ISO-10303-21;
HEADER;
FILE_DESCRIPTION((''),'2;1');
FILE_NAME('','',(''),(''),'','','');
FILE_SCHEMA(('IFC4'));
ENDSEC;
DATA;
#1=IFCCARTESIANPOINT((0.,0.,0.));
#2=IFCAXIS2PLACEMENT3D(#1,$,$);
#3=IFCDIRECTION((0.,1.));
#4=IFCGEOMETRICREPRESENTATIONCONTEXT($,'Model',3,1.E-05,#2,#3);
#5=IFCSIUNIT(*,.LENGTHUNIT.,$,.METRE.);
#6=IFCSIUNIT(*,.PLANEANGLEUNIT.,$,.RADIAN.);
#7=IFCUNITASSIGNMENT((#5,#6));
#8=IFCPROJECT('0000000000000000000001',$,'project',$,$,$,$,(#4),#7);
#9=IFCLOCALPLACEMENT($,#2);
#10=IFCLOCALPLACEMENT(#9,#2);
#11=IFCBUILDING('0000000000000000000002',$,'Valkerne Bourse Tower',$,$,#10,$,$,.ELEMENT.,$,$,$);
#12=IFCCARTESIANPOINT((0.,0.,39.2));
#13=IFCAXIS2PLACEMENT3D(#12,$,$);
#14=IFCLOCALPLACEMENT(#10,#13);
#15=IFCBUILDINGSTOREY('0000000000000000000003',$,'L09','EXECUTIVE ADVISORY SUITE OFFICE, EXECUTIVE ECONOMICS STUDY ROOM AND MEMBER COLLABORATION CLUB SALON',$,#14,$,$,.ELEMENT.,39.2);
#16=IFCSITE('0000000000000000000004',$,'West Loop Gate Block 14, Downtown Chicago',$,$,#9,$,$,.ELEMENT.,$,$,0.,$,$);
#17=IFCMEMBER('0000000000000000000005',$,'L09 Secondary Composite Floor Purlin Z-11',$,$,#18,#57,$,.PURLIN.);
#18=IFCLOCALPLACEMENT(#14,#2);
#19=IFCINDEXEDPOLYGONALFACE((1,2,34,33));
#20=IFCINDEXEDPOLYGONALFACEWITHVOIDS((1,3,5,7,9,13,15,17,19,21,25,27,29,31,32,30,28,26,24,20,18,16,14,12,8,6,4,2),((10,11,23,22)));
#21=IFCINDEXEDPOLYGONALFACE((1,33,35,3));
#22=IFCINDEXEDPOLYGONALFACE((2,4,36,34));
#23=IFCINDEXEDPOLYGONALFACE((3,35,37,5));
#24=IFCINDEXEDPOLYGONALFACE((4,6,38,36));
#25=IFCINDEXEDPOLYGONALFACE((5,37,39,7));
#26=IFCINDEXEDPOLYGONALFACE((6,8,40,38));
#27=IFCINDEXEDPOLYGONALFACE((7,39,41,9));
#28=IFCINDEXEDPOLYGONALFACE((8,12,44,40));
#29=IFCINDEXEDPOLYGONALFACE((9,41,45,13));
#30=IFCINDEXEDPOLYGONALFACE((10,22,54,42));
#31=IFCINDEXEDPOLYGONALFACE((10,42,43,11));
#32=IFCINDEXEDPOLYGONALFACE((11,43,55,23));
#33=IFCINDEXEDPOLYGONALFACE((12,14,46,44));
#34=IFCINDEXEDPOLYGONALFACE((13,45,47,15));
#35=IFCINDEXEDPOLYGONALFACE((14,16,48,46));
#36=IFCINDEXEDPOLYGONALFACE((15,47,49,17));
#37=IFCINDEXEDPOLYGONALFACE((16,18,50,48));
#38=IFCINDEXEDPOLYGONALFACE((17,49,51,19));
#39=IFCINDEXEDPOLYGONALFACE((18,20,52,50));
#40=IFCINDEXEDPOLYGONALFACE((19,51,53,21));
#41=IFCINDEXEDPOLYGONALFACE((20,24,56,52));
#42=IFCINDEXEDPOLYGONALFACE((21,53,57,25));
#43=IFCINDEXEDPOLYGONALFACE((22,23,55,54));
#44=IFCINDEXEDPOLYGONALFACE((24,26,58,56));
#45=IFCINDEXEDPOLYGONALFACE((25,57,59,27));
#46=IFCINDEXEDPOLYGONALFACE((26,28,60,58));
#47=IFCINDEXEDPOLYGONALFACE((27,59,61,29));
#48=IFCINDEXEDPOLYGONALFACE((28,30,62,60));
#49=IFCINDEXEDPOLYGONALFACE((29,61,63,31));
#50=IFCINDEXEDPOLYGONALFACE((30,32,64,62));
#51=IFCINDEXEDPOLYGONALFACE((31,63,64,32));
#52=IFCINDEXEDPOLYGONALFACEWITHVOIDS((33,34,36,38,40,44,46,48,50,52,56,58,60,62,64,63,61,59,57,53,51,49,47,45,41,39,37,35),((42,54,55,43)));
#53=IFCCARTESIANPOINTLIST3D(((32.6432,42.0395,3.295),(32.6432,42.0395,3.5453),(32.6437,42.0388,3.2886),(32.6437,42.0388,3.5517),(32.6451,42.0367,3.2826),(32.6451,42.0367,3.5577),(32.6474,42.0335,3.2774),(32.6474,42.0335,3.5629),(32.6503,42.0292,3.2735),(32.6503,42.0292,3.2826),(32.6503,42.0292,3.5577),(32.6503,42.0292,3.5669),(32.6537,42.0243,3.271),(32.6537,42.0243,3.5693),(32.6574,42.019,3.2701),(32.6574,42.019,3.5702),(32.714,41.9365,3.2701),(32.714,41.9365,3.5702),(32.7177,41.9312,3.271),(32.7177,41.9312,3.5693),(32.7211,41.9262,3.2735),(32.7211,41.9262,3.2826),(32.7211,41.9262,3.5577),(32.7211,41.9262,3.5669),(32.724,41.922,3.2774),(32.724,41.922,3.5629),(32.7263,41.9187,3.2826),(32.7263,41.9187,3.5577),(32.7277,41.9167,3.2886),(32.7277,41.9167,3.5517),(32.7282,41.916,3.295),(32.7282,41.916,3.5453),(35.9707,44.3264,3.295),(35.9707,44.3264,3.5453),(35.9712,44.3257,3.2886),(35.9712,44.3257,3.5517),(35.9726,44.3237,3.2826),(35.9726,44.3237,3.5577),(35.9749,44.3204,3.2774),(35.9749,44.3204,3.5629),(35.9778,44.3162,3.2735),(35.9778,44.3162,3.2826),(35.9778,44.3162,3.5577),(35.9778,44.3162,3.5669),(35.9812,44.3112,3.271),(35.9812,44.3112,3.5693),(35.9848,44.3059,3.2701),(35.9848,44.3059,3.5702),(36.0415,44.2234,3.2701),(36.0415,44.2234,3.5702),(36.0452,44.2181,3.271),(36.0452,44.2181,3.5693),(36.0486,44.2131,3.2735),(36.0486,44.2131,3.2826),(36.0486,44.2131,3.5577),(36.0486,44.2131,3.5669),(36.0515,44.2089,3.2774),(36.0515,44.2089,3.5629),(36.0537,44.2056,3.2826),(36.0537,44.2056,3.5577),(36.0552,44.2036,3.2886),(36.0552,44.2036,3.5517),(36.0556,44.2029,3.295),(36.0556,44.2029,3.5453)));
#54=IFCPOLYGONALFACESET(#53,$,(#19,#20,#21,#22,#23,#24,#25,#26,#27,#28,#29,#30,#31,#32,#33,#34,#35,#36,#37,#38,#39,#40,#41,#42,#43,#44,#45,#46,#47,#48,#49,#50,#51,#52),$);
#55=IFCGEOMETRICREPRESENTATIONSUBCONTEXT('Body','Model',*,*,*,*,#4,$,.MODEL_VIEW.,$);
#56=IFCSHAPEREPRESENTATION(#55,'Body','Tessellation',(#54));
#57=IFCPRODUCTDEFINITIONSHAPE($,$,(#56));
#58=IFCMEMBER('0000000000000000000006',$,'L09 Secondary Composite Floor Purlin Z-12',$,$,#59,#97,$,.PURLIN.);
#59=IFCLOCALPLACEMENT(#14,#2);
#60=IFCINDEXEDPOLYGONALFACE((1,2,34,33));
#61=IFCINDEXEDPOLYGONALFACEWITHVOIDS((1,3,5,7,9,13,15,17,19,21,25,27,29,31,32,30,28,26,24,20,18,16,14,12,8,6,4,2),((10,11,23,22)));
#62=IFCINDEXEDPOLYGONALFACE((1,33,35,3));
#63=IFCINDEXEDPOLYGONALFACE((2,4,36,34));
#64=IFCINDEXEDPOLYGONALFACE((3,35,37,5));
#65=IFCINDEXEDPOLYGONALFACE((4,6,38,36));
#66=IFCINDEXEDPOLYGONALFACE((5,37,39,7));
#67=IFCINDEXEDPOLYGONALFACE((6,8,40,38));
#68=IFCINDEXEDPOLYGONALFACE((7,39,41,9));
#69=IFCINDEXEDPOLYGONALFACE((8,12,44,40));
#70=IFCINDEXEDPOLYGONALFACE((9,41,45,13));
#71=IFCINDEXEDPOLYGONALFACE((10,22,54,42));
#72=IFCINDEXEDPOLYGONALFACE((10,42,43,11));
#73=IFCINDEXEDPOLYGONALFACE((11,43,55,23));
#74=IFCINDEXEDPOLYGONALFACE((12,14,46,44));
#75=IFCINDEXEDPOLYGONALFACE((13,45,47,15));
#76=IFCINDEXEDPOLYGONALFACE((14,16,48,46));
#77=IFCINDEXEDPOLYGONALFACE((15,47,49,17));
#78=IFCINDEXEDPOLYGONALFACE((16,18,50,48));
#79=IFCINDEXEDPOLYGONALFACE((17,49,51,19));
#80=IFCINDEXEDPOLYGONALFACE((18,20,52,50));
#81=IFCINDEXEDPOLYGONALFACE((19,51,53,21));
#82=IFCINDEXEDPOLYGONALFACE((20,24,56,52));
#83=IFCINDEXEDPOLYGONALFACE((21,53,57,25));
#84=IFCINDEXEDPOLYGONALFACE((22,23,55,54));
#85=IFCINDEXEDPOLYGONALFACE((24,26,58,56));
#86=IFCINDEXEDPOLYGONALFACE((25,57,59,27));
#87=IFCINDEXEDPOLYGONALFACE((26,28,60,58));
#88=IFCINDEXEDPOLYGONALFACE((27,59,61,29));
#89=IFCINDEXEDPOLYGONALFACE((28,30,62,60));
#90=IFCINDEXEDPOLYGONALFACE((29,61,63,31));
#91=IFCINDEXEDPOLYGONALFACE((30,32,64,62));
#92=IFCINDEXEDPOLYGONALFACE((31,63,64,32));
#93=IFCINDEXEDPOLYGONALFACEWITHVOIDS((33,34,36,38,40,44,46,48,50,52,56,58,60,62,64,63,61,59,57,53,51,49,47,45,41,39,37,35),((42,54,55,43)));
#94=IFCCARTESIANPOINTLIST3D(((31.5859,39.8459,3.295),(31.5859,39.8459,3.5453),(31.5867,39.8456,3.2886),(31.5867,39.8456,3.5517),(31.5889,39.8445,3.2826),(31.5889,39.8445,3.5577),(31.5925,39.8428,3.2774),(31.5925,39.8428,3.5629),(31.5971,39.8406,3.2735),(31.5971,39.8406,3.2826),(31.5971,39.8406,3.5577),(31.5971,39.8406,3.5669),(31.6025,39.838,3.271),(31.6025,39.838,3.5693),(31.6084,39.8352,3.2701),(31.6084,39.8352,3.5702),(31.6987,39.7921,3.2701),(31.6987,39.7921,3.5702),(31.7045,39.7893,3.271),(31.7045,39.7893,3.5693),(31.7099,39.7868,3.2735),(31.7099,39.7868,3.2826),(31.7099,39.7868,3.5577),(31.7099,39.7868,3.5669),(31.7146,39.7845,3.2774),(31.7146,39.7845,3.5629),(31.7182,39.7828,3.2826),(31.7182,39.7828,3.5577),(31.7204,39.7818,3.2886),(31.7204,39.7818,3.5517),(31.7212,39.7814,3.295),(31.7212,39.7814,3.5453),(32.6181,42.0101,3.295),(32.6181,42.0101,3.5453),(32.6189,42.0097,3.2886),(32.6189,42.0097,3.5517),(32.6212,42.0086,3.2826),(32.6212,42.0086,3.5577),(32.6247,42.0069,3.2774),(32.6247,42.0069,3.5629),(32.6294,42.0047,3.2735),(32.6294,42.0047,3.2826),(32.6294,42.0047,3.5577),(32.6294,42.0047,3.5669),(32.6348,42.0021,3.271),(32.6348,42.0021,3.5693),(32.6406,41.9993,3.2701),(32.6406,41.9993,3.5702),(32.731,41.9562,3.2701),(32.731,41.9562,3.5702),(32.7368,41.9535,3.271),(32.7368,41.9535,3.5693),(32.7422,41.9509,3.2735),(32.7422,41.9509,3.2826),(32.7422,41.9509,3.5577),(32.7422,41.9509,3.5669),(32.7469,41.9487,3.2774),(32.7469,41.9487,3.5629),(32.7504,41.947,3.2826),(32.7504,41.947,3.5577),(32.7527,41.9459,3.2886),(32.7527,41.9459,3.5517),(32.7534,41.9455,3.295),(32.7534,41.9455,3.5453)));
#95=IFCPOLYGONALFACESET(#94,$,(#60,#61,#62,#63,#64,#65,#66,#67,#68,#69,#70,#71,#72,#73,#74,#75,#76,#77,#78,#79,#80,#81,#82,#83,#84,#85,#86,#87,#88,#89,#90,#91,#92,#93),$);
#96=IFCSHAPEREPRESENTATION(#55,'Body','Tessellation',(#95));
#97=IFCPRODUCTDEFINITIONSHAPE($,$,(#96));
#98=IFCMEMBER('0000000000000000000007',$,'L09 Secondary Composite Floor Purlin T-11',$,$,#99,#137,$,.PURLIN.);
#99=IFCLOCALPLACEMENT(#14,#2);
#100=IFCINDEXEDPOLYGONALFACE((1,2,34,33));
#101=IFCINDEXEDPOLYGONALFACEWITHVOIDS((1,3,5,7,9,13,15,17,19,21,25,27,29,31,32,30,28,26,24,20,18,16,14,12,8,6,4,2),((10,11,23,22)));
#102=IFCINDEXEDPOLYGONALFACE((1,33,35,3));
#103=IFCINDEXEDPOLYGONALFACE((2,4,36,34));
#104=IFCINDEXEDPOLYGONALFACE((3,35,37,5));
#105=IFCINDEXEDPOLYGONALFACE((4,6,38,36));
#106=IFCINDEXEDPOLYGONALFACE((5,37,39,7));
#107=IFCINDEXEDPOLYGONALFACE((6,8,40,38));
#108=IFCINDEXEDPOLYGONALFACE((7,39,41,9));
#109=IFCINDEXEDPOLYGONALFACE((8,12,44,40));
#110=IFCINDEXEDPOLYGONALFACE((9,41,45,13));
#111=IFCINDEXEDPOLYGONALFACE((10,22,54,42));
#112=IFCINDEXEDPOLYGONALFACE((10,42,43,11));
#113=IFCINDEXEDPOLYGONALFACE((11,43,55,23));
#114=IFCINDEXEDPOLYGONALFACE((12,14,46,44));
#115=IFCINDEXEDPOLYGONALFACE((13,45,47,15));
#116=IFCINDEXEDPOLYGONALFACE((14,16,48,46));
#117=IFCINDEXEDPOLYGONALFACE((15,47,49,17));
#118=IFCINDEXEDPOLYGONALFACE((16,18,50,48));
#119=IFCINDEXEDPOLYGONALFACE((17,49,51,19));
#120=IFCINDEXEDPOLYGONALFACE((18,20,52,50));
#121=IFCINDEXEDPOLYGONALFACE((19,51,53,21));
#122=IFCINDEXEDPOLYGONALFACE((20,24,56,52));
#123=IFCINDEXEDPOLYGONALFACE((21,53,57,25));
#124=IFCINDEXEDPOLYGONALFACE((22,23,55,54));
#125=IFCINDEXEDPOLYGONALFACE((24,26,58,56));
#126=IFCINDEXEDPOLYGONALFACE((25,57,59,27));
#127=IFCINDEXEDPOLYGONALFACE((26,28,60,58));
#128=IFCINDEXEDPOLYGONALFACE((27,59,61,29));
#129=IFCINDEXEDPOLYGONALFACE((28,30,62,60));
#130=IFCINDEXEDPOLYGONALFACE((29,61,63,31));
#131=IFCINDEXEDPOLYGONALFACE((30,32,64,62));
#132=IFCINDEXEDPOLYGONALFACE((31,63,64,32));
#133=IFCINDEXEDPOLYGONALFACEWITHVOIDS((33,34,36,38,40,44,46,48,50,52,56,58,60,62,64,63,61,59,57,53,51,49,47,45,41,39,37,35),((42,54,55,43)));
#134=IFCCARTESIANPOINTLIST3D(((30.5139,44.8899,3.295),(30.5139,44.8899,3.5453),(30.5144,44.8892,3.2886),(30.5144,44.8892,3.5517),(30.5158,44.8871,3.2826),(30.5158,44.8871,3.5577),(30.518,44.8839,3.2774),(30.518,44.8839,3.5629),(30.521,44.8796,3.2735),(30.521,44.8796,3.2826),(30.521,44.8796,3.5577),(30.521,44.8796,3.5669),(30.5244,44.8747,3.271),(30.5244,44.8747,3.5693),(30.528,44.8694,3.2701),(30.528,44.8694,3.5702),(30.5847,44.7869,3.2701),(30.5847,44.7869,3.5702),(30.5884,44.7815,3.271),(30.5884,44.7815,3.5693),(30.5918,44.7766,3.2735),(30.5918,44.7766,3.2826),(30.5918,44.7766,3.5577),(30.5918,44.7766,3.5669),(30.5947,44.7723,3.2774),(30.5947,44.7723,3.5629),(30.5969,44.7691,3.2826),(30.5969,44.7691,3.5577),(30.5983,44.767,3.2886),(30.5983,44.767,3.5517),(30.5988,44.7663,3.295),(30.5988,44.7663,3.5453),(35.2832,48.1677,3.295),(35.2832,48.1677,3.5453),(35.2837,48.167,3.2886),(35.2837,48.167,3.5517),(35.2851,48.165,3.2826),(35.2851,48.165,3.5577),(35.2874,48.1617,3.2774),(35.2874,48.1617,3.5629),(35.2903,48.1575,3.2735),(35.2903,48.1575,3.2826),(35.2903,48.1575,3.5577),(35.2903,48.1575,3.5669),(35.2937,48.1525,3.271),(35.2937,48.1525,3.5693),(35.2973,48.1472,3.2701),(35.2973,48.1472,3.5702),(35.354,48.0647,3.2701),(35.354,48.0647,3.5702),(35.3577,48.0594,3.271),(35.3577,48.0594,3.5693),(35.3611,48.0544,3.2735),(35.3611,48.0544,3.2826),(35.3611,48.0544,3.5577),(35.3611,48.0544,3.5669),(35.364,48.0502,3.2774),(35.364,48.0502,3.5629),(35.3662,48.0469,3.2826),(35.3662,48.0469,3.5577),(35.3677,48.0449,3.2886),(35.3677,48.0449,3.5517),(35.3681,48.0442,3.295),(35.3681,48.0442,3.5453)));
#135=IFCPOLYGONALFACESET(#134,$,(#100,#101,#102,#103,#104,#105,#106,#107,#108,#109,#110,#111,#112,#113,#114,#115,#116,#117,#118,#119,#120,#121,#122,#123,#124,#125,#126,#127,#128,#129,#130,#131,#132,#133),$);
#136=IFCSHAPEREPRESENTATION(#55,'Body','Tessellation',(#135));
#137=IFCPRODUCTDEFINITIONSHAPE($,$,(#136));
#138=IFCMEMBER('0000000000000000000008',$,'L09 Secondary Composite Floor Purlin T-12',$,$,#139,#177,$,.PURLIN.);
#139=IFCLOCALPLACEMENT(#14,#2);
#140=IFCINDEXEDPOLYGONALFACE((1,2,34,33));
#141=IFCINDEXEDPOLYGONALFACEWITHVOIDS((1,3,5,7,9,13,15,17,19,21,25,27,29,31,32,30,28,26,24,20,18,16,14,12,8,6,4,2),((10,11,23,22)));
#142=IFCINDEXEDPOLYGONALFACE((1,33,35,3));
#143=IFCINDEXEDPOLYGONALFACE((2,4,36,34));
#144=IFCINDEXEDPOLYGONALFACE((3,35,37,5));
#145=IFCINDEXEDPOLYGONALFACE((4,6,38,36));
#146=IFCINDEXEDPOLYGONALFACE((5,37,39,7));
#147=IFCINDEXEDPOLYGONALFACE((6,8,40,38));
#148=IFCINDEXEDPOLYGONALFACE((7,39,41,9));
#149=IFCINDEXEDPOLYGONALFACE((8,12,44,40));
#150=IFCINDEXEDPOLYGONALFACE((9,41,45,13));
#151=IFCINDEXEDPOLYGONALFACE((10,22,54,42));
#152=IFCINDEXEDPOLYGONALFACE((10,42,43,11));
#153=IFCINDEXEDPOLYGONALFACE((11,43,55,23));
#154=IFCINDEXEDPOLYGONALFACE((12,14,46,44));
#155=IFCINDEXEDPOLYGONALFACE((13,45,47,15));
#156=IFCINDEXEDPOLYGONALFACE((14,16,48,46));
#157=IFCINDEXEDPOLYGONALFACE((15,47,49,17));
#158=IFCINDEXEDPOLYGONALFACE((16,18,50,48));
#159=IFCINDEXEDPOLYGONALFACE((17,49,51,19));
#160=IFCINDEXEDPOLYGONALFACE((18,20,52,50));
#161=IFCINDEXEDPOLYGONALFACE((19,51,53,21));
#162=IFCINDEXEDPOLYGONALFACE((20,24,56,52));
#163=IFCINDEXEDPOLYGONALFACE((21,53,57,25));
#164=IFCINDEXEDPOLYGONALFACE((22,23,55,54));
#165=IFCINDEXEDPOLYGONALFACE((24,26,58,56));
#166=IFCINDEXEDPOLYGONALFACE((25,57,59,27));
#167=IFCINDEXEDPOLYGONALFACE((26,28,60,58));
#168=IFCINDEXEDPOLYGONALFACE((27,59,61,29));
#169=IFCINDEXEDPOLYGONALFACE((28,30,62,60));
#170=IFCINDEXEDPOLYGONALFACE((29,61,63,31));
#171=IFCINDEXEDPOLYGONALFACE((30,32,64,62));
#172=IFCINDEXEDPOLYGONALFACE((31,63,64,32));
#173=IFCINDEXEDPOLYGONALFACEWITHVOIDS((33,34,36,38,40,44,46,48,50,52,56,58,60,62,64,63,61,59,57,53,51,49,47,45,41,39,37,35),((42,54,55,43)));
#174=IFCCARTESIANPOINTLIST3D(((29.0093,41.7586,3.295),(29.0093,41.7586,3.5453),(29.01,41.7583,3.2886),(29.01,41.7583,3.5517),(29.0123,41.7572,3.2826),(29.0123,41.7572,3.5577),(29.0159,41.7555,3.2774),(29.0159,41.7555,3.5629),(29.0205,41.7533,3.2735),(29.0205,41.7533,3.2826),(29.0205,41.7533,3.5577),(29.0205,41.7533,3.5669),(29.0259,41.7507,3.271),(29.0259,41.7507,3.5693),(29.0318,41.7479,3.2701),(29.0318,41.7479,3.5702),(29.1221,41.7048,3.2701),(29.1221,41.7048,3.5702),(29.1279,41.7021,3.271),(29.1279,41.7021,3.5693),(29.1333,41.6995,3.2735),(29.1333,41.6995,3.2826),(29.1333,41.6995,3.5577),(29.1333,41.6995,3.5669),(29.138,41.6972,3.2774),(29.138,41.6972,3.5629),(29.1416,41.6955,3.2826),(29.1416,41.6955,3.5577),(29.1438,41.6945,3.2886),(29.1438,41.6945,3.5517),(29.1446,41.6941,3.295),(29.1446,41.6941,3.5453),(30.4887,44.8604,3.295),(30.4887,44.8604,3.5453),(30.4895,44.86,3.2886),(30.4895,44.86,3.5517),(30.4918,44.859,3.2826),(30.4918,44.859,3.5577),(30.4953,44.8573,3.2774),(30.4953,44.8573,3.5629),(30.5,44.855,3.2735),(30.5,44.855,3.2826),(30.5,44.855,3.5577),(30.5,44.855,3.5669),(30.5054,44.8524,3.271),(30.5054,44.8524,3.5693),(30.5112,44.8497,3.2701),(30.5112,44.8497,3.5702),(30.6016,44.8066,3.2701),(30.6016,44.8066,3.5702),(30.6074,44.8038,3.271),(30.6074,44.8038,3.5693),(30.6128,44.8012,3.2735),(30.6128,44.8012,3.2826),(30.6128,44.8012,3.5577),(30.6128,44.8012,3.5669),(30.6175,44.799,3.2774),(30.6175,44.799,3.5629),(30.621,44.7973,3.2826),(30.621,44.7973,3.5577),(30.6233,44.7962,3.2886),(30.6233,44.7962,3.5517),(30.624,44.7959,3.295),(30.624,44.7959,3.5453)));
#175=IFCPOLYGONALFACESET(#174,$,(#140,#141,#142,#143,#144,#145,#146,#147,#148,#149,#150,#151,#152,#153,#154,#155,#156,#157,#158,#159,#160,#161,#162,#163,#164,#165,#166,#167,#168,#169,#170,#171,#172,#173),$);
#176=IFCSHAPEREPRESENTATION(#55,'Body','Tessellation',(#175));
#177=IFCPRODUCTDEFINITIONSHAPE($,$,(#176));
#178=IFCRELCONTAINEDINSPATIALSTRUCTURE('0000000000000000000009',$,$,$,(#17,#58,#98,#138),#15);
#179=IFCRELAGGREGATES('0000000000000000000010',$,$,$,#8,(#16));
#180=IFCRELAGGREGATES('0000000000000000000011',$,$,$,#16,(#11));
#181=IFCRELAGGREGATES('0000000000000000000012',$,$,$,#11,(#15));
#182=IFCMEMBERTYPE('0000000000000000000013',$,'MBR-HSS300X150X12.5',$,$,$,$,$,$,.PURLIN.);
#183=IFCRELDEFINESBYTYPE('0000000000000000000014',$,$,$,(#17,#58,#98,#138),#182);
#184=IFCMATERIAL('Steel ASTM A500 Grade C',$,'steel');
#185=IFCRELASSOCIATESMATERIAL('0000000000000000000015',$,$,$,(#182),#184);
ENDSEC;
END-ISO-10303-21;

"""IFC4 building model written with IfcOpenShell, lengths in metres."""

from ifc_helpers import new_model, si_unit, direction, frame, origin, origin_2d, place, context, subcontext, project, spatial, hollow_rectangle, extrude, material, material_profile, profile_set, type_object, element, save


model = new_model("IFC4")

# Units and contexts
model_context = context("Model", 3, precision=1e-05, world=origin(), true_north=direction((0.0, 1.0)))
body_context = subcontext(model_context, "Body", "Model", "MODEL_VIEW")
ifc_project = project(units=[si_unit("LENGTHUNIT", "METRE"), si_unit("PLANEANGLEUNIT", "RADIAN")], contexts=[model_context])

# Site, building, storey
site_placement = place(None, origin())
site = spatial("IfcSite", under=ifc_project, at=site_placement, Name="West Loop Gate Block 14, Downtown Chicago", CompositionType="ELEMENT", RefElevation=0.0)
building_placement = place(site_placement, origin())
building = spatial("IfcBuilding", under=site, at=building_placement, Name="Valkerne Bourse Tower", CompositionType="ELEMENT")
storey_placement = place(building_placement, frame((0.0, 0.0, 39.2)))
storey = spatial("IfcBuildingStorey", under=building, at=storey_placement, Name="L09", Description="EXECUTIVE ADVISORY SUITE OFFICE, EXECUTIVE ECONOMICS STUDY ROOM AND MEMBER COLLABORATION CLUB SALON", CompositionType="ELEMENT", Elevation=39.2)

# Members
ifc_material_1 = material(Name="Steel ASTM A500 Grade C", Category="steel")
ifc_material_profile_1 = material_profile(ifc_material_1, hollow_rectangle(XDim=0.1499, YDim=0.3, WallThickness=0.0125, OuterFilletRadius=0.0249, at=origin_2d()), Name="HSS300X150X12.5")
ifc_profile_set_1 = profile_set([ifc_material_profile_1], Name="Steel ASTM A500 Grade C")
member_type_1 = type_object("IfcMemberType", Name="MBR-HSS300X150X12.5", PredefinedType="PURLIN", material=ifc_profile_set_1)
member_1_placement = place(storey_placement, frame((36.0132, 44.2646, 3.4202), z_axis=(-0.824125, -0.566408, 0.0), x_axis=(0.566408, -0.824125, 0.0)))
element("IfcMember", 1, at=member_1_placement, inside=storey, type_object=member_type_1, Name="L09 Secondary Composite Floor Purlin Z-11", PredefinedType="PURLIN", context=body_context, shape_type="SweptSolid", body=[
    extrude(hollow_rectangle(XDim=0.1499, YDim=0.3, WallThickness=0.0125, OuterFilletRadius=0.0249, at=origin_2d()), origin(), (0.0, 0.0, 1.0), 4.0376),
])
member_2_placement = place(storey_placement, frame((32.6858, 41.9778, 3.4202), z_axis=(-0.430518, -0.902582, 0.0), x_axis=(0.902582, -0.430518, 0.0)))
element("IfcMember", 2, at=member_2_placement, inside=storey, type_object=member_type_1, Name="L09 Secondary Composite Floor Purlin Z-12", PredefinedType="PURLIN", context=body_context, shape_type="SweptSolid", body=[
    extrude(hollow_rectangle(XDim=0.1499, YDim=0.3, WallThickness=0.0125, OuterFilletRadius=0.0249, at=origin_2d()), origin(), (0.0, 0.0, 1.0), 2.3977),
])
member_3_placement = place(storey_placement, frame((35.3257, 48.106, 3.4202), z_axis=(-0.824127, -0.566405, 0.0), x_axis=(0.566405, -0.824127, 0.0)))
element("IfcMember", 3, at=member_3_placement, inside=storey, type_object=member_type_1, Name="L09 Secondary Composite Floor Purlin T-11", PredefinedType="PURLIN", context=body_context, shape_type="SweptSolid", body=[
    extrude(hollow_rectangle(XDim=0.1499, YDim=0.3, WallThickness=0.0125, OuterFilletRadius=0.0249, at=origin_2d()), origin(), (0.0, 0.0, 1.0), 5.7871),
])
member_4_placement = place(storey_placement, frame((30.5564, 44.8281, 3.4202), z_axis=(-0.430513, -0.902585, 0.0), x_axis=(0.902585, -0.430513, 0.0)))
element("IfcMember", 4, at=member_4_placement, inside=storey, type_object=member_type_1, Name="L09 Secondary Composite Floor Purlin T-12", PredefinedType="PURLIN", context=body_context, shape_type="SweptSolid", body=[
    extrude(hollow_rectangle(XDim=0.1499, YDim=0.3, WallThickness=0.0125, OuterFilletRadius=0.0249, at=origin_2d()), origin(), (0.0, 0.0, 1.0), 3.4365),
])

save(model, "model.ifc")
